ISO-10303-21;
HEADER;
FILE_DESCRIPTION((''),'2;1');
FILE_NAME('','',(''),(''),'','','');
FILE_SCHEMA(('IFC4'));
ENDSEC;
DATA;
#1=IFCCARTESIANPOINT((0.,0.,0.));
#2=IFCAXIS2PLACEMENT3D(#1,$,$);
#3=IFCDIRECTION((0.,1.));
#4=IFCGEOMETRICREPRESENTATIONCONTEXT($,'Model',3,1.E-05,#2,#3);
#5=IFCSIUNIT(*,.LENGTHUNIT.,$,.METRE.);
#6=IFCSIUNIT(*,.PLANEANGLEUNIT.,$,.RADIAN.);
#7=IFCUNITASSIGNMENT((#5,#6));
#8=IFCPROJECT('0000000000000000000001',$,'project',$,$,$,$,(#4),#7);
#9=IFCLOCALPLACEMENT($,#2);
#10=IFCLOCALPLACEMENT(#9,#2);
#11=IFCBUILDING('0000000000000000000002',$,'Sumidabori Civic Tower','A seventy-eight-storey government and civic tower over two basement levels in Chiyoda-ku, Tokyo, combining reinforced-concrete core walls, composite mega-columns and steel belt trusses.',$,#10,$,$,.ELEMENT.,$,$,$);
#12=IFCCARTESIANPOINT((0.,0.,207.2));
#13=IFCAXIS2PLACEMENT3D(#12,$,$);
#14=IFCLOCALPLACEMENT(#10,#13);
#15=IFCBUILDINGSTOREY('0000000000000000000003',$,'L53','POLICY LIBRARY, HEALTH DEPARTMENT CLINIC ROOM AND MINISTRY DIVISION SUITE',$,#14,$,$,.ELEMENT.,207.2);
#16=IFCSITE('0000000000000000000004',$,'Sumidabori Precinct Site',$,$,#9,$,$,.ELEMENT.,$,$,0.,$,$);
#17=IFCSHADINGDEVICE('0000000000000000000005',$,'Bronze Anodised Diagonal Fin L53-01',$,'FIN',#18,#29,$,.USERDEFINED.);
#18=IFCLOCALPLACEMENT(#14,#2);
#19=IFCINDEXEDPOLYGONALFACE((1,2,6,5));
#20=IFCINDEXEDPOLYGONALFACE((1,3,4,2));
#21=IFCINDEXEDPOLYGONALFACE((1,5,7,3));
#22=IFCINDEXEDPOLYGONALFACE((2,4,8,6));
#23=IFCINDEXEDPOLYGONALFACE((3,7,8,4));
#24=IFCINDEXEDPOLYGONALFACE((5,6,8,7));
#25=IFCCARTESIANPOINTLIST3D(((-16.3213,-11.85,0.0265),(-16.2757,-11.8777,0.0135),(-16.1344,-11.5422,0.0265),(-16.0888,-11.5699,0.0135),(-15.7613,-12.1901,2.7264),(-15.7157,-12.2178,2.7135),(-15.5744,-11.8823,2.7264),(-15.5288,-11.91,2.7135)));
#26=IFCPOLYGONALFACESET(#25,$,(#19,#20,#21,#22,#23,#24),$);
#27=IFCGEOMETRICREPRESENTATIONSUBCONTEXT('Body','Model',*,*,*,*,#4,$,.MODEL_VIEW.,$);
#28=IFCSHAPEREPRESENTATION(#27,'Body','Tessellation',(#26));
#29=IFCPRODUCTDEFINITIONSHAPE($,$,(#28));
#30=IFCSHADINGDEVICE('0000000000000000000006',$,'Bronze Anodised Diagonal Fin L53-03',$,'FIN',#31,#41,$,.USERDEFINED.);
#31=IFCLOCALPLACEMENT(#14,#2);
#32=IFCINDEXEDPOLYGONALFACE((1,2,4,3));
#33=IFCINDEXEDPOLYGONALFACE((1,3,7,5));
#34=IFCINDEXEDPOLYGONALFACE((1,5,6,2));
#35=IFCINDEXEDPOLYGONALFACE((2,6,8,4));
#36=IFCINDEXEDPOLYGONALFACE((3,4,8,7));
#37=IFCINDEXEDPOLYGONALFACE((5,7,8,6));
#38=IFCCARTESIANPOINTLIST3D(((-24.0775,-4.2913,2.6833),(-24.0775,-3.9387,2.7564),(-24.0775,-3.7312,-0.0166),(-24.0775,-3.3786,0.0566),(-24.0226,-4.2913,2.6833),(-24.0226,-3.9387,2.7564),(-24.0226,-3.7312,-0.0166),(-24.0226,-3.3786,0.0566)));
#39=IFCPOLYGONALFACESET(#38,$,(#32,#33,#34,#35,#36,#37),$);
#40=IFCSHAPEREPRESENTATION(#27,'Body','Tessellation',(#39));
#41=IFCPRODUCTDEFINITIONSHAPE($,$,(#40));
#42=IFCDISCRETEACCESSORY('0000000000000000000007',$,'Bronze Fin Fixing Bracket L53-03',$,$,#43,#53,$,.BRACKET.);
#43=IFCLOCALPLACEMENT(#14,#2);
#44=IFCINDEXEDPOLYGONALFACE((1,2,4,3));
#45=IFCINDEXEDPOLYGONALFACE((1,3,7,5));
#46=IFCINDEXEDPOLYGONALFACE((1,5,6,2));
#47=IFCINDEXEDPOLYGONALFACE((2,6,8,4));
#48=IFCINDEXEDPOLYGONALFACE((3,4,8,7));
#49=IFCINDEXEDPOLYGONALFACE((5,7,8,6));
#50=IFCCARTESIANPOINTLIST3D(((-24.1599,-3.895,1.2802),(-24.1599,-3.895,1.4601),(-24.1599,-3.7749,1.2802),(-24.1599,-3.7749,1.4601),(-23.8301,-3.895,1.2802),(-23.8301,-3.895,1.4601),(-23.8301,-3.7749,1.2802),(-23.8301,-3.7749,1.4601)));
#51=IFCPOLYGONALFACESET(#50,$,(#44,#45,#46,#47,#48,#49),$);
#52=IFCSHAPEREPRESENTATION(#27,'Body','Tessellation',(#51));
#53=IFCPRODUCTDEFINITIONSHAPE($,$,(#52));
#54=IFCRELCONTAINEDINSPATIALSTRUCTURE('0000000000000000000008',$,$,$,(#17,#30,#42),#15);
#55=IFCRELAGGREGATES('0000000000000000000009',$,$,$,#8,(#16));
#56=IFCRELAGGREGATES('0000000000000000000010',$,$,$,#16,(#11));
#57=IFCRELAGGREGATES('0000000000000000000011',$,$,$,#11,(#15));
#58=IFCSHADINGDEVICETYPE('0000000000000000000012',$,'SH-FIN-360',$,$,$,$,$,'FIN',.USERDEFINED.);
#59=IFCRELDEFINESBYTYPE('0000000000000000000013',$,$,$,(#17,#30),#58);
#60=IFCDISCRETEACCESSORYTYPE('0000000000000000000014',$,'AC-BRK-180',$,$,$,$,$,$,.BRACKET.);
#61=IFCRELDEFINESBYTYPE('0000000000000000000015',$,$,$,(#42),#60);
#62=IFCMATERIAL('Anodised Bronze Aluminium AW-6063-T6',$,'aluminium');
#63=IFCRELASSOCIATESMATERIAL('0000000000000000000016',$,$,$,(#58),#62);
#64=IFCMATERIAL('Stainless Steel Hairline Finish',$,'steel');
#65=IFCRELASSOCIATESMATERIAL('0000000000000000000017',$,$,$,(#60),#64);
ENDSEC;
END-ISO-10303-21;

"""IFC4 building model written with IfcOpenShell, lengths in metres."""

from ifc_helpers import new_model, si_unit, direction, frame, origin, origin_2d, place, context, subcontext, project, spatial, rectangle, extrude, source, transform, mapped, material, material_profile, profile_set, type_object, element, save


model = new_model("IFC4")

# Units and contexts
model_context = context("Model", 3, precision=1e-05, world=origin(), true_north=direction((0.0, 1.0)))
body_context = subcontext(model_context, "Body", "Model", "MODEL_VIEW")
ifc_project = project(units=[si_unit("LENGTHUNIT", "METRE"), si_unit("PLANEANGLEUNIT", "RADIAN")], contexts=[model_context])

# Site, building, storey
site_placement = place(None, origin())
site = spatial("IfcSite", under=ifc_project, at=site_placement, Name="Sumidabori Precinct Site", CompositionType="ELEMENT", RefElevation=0.0)
building_placement = place(site_placement, origin())
building = spatial("IfcBuilding", under=site, at=building_placement, Name="Sumidabori Civic Tower", Description="A seventy-eight-storey government and civic tower over two basement levels in Chiyoda-ku, Tokyo, combining reinforced-concrete core walls, composite mega-columns and steel belt trusses.", CompositionType="ELEMENT")
storey_placement = place(building_placement, frame((0.0, 0.0, 207.2)))
storey = spatial("IfcBuildingStorey", under=building, at=storey_placement, Name="L53", Description="POLICY LIBRARY, HEALTH DEPARTMENT CLINIC ROOM AND MINISTRY DIVISION SUITE", CompositionType="ELEMENT", Elevation=207.2)

# Shared definitions
ifc_material_1 = material(Name="Anodised Bronze Aluminium AW-6063-T6", Category="aluminium")

# Shading devices
ifc_material_profile_1 = material_profile(ifc_material_1, rectangle(XDim=0.0549, YDim=0.3601, at=origin_2d()), Name="BRONZE FIN 360x55")
ifc_profile_set_1 = profile_set([ifc_material_profile_1], Name="Anodised Bronze Aluminium AW-6063-T6")
shading_device_type = type_object("IfcShadingDeviceType", Name="SH-FIN-360", ElementType="FIN", PredefinedType="USERDEFINED", material=ifc_profile_set_1)
shared_shape_1 = source(origin(), body_context, "Body", "SweptSolid", [
    extrude(rectangle(XDim=0.0549, YDim=0.3601, at=origin_2d()), origin(), (0.0, 0.0, 1.0), 2.7783),
])
shading_device_1_placement = place(storey_placement, frame((-16.2051, -11.71, 0.02), z_axis=(0.201582, -0.122408, 0.971793), x_axis=(0.830642, -0.504396, -0.235837)))
element("IfcShadingDevice", 1, at=shading_device_1_placement, inside=storey, type_object=shading_device_type, Name="Bronze Anodised Diagonal Fin L53-01", ObjectType="FIN", PredefinedType="USERDEFINED", context=body_context, shape_type="MappedRepresentation", body=[
    mapped(shared_shape_1, transform((0.0, 0.0, 0.0), x_axis=(1.0, 0.0, 0.0), y_axis=(0.0, 1.0, 0.0), z_axis=(0.0, 0.0, 1.0), scale=1.0)),
])
shared_shape_2 = source(origin(), body_context, "Body", "SweptSolid", [
    extrude(rectangle(XDim=0.0549, YDim=0.3601, at=origin_2d()), origin(), (0.0, 0.0, 1.0), 2.7573),
])
shading_device_2_placement = place(storey_placement, frame((-24.05, -3.5549, 0.02), z_axis=(0.0, -0.203109, 0.979156), x_axis=(-1.0, 0.0, 0.0)))
element("IfcShadingDevice", 2, at=shading_device_2_placement, inside=storey, type_object=shading_device_type, Name="Bronze Anodised Diagonal Fin L53-03", ObjectType="FIN", PredefinedType="USERDEFINED", context=body_context, shape_type="MappedRepresentation", body=[
    mapped(shared_shape_2, transform((0.0, 0.0, 0.0), x_axis=(1.0, 0.0, 0.0), y_axis=(0.0, 1.0, 0.0), z_axis=(0.0, 0.0, 1.0), scale=1.0)),
])

# Discrete accessory
ifc_material_2 = material(Name="Stainless Steel Hairline Finish", Category="steel")
ifc_material_profile_2 = material_profile(ifc_material_2, rectangle(XDim=0.1201, YDim=0.1799, at=origin_2d()), Name="STEEL BRACKET 180x120")
ifc_profile_set_2 = profile_set([ifc_material_profile_2], Name="Stainless Steel Hairline Finish")
discrete_accessory_type = type_object("IfcDiscreteAccessoryType", Name="AC-BRK-180", PredefinedType="BRACKET", material=ifc_profile_set_2)
shared_shape_3 = source(origin(), body_context, "Body", "SweptSolid", [
    extrude(rectangle(XDim=0.1201, YDim=0.1799, at=origin_2d()), origin(), (0.0, 0.0, 1.0), 0.3298),
])
discrete_accessory_placement = place(storey_placement, frame((-23.8301, -3.835, 1.3701), z_axis=(-1.0, 0.0, 0.0), x_axis=(0.0, -1.0, 0.0)))
element("IfcDiscreteAccessory", 3, at=discrete_accessory_placement, inside=storey, type_object=discrete_accessory_type, Name="Bronze Fin Fixing Bracket L53-03", PredefinedType="BRACKET", context=body_context, shape_type="MappedRepresentation", body=[
    mapped(shared_shape_3, transform((0.0, 0.0, 0.0), x_axis=(1.0, 0.0, 0.0), y_axis=(0.0, 1.0, 0.0), z_axis=(0.0, 0.0, 1.0), scale=1.0)),
])

save(model, "model.ifc")
